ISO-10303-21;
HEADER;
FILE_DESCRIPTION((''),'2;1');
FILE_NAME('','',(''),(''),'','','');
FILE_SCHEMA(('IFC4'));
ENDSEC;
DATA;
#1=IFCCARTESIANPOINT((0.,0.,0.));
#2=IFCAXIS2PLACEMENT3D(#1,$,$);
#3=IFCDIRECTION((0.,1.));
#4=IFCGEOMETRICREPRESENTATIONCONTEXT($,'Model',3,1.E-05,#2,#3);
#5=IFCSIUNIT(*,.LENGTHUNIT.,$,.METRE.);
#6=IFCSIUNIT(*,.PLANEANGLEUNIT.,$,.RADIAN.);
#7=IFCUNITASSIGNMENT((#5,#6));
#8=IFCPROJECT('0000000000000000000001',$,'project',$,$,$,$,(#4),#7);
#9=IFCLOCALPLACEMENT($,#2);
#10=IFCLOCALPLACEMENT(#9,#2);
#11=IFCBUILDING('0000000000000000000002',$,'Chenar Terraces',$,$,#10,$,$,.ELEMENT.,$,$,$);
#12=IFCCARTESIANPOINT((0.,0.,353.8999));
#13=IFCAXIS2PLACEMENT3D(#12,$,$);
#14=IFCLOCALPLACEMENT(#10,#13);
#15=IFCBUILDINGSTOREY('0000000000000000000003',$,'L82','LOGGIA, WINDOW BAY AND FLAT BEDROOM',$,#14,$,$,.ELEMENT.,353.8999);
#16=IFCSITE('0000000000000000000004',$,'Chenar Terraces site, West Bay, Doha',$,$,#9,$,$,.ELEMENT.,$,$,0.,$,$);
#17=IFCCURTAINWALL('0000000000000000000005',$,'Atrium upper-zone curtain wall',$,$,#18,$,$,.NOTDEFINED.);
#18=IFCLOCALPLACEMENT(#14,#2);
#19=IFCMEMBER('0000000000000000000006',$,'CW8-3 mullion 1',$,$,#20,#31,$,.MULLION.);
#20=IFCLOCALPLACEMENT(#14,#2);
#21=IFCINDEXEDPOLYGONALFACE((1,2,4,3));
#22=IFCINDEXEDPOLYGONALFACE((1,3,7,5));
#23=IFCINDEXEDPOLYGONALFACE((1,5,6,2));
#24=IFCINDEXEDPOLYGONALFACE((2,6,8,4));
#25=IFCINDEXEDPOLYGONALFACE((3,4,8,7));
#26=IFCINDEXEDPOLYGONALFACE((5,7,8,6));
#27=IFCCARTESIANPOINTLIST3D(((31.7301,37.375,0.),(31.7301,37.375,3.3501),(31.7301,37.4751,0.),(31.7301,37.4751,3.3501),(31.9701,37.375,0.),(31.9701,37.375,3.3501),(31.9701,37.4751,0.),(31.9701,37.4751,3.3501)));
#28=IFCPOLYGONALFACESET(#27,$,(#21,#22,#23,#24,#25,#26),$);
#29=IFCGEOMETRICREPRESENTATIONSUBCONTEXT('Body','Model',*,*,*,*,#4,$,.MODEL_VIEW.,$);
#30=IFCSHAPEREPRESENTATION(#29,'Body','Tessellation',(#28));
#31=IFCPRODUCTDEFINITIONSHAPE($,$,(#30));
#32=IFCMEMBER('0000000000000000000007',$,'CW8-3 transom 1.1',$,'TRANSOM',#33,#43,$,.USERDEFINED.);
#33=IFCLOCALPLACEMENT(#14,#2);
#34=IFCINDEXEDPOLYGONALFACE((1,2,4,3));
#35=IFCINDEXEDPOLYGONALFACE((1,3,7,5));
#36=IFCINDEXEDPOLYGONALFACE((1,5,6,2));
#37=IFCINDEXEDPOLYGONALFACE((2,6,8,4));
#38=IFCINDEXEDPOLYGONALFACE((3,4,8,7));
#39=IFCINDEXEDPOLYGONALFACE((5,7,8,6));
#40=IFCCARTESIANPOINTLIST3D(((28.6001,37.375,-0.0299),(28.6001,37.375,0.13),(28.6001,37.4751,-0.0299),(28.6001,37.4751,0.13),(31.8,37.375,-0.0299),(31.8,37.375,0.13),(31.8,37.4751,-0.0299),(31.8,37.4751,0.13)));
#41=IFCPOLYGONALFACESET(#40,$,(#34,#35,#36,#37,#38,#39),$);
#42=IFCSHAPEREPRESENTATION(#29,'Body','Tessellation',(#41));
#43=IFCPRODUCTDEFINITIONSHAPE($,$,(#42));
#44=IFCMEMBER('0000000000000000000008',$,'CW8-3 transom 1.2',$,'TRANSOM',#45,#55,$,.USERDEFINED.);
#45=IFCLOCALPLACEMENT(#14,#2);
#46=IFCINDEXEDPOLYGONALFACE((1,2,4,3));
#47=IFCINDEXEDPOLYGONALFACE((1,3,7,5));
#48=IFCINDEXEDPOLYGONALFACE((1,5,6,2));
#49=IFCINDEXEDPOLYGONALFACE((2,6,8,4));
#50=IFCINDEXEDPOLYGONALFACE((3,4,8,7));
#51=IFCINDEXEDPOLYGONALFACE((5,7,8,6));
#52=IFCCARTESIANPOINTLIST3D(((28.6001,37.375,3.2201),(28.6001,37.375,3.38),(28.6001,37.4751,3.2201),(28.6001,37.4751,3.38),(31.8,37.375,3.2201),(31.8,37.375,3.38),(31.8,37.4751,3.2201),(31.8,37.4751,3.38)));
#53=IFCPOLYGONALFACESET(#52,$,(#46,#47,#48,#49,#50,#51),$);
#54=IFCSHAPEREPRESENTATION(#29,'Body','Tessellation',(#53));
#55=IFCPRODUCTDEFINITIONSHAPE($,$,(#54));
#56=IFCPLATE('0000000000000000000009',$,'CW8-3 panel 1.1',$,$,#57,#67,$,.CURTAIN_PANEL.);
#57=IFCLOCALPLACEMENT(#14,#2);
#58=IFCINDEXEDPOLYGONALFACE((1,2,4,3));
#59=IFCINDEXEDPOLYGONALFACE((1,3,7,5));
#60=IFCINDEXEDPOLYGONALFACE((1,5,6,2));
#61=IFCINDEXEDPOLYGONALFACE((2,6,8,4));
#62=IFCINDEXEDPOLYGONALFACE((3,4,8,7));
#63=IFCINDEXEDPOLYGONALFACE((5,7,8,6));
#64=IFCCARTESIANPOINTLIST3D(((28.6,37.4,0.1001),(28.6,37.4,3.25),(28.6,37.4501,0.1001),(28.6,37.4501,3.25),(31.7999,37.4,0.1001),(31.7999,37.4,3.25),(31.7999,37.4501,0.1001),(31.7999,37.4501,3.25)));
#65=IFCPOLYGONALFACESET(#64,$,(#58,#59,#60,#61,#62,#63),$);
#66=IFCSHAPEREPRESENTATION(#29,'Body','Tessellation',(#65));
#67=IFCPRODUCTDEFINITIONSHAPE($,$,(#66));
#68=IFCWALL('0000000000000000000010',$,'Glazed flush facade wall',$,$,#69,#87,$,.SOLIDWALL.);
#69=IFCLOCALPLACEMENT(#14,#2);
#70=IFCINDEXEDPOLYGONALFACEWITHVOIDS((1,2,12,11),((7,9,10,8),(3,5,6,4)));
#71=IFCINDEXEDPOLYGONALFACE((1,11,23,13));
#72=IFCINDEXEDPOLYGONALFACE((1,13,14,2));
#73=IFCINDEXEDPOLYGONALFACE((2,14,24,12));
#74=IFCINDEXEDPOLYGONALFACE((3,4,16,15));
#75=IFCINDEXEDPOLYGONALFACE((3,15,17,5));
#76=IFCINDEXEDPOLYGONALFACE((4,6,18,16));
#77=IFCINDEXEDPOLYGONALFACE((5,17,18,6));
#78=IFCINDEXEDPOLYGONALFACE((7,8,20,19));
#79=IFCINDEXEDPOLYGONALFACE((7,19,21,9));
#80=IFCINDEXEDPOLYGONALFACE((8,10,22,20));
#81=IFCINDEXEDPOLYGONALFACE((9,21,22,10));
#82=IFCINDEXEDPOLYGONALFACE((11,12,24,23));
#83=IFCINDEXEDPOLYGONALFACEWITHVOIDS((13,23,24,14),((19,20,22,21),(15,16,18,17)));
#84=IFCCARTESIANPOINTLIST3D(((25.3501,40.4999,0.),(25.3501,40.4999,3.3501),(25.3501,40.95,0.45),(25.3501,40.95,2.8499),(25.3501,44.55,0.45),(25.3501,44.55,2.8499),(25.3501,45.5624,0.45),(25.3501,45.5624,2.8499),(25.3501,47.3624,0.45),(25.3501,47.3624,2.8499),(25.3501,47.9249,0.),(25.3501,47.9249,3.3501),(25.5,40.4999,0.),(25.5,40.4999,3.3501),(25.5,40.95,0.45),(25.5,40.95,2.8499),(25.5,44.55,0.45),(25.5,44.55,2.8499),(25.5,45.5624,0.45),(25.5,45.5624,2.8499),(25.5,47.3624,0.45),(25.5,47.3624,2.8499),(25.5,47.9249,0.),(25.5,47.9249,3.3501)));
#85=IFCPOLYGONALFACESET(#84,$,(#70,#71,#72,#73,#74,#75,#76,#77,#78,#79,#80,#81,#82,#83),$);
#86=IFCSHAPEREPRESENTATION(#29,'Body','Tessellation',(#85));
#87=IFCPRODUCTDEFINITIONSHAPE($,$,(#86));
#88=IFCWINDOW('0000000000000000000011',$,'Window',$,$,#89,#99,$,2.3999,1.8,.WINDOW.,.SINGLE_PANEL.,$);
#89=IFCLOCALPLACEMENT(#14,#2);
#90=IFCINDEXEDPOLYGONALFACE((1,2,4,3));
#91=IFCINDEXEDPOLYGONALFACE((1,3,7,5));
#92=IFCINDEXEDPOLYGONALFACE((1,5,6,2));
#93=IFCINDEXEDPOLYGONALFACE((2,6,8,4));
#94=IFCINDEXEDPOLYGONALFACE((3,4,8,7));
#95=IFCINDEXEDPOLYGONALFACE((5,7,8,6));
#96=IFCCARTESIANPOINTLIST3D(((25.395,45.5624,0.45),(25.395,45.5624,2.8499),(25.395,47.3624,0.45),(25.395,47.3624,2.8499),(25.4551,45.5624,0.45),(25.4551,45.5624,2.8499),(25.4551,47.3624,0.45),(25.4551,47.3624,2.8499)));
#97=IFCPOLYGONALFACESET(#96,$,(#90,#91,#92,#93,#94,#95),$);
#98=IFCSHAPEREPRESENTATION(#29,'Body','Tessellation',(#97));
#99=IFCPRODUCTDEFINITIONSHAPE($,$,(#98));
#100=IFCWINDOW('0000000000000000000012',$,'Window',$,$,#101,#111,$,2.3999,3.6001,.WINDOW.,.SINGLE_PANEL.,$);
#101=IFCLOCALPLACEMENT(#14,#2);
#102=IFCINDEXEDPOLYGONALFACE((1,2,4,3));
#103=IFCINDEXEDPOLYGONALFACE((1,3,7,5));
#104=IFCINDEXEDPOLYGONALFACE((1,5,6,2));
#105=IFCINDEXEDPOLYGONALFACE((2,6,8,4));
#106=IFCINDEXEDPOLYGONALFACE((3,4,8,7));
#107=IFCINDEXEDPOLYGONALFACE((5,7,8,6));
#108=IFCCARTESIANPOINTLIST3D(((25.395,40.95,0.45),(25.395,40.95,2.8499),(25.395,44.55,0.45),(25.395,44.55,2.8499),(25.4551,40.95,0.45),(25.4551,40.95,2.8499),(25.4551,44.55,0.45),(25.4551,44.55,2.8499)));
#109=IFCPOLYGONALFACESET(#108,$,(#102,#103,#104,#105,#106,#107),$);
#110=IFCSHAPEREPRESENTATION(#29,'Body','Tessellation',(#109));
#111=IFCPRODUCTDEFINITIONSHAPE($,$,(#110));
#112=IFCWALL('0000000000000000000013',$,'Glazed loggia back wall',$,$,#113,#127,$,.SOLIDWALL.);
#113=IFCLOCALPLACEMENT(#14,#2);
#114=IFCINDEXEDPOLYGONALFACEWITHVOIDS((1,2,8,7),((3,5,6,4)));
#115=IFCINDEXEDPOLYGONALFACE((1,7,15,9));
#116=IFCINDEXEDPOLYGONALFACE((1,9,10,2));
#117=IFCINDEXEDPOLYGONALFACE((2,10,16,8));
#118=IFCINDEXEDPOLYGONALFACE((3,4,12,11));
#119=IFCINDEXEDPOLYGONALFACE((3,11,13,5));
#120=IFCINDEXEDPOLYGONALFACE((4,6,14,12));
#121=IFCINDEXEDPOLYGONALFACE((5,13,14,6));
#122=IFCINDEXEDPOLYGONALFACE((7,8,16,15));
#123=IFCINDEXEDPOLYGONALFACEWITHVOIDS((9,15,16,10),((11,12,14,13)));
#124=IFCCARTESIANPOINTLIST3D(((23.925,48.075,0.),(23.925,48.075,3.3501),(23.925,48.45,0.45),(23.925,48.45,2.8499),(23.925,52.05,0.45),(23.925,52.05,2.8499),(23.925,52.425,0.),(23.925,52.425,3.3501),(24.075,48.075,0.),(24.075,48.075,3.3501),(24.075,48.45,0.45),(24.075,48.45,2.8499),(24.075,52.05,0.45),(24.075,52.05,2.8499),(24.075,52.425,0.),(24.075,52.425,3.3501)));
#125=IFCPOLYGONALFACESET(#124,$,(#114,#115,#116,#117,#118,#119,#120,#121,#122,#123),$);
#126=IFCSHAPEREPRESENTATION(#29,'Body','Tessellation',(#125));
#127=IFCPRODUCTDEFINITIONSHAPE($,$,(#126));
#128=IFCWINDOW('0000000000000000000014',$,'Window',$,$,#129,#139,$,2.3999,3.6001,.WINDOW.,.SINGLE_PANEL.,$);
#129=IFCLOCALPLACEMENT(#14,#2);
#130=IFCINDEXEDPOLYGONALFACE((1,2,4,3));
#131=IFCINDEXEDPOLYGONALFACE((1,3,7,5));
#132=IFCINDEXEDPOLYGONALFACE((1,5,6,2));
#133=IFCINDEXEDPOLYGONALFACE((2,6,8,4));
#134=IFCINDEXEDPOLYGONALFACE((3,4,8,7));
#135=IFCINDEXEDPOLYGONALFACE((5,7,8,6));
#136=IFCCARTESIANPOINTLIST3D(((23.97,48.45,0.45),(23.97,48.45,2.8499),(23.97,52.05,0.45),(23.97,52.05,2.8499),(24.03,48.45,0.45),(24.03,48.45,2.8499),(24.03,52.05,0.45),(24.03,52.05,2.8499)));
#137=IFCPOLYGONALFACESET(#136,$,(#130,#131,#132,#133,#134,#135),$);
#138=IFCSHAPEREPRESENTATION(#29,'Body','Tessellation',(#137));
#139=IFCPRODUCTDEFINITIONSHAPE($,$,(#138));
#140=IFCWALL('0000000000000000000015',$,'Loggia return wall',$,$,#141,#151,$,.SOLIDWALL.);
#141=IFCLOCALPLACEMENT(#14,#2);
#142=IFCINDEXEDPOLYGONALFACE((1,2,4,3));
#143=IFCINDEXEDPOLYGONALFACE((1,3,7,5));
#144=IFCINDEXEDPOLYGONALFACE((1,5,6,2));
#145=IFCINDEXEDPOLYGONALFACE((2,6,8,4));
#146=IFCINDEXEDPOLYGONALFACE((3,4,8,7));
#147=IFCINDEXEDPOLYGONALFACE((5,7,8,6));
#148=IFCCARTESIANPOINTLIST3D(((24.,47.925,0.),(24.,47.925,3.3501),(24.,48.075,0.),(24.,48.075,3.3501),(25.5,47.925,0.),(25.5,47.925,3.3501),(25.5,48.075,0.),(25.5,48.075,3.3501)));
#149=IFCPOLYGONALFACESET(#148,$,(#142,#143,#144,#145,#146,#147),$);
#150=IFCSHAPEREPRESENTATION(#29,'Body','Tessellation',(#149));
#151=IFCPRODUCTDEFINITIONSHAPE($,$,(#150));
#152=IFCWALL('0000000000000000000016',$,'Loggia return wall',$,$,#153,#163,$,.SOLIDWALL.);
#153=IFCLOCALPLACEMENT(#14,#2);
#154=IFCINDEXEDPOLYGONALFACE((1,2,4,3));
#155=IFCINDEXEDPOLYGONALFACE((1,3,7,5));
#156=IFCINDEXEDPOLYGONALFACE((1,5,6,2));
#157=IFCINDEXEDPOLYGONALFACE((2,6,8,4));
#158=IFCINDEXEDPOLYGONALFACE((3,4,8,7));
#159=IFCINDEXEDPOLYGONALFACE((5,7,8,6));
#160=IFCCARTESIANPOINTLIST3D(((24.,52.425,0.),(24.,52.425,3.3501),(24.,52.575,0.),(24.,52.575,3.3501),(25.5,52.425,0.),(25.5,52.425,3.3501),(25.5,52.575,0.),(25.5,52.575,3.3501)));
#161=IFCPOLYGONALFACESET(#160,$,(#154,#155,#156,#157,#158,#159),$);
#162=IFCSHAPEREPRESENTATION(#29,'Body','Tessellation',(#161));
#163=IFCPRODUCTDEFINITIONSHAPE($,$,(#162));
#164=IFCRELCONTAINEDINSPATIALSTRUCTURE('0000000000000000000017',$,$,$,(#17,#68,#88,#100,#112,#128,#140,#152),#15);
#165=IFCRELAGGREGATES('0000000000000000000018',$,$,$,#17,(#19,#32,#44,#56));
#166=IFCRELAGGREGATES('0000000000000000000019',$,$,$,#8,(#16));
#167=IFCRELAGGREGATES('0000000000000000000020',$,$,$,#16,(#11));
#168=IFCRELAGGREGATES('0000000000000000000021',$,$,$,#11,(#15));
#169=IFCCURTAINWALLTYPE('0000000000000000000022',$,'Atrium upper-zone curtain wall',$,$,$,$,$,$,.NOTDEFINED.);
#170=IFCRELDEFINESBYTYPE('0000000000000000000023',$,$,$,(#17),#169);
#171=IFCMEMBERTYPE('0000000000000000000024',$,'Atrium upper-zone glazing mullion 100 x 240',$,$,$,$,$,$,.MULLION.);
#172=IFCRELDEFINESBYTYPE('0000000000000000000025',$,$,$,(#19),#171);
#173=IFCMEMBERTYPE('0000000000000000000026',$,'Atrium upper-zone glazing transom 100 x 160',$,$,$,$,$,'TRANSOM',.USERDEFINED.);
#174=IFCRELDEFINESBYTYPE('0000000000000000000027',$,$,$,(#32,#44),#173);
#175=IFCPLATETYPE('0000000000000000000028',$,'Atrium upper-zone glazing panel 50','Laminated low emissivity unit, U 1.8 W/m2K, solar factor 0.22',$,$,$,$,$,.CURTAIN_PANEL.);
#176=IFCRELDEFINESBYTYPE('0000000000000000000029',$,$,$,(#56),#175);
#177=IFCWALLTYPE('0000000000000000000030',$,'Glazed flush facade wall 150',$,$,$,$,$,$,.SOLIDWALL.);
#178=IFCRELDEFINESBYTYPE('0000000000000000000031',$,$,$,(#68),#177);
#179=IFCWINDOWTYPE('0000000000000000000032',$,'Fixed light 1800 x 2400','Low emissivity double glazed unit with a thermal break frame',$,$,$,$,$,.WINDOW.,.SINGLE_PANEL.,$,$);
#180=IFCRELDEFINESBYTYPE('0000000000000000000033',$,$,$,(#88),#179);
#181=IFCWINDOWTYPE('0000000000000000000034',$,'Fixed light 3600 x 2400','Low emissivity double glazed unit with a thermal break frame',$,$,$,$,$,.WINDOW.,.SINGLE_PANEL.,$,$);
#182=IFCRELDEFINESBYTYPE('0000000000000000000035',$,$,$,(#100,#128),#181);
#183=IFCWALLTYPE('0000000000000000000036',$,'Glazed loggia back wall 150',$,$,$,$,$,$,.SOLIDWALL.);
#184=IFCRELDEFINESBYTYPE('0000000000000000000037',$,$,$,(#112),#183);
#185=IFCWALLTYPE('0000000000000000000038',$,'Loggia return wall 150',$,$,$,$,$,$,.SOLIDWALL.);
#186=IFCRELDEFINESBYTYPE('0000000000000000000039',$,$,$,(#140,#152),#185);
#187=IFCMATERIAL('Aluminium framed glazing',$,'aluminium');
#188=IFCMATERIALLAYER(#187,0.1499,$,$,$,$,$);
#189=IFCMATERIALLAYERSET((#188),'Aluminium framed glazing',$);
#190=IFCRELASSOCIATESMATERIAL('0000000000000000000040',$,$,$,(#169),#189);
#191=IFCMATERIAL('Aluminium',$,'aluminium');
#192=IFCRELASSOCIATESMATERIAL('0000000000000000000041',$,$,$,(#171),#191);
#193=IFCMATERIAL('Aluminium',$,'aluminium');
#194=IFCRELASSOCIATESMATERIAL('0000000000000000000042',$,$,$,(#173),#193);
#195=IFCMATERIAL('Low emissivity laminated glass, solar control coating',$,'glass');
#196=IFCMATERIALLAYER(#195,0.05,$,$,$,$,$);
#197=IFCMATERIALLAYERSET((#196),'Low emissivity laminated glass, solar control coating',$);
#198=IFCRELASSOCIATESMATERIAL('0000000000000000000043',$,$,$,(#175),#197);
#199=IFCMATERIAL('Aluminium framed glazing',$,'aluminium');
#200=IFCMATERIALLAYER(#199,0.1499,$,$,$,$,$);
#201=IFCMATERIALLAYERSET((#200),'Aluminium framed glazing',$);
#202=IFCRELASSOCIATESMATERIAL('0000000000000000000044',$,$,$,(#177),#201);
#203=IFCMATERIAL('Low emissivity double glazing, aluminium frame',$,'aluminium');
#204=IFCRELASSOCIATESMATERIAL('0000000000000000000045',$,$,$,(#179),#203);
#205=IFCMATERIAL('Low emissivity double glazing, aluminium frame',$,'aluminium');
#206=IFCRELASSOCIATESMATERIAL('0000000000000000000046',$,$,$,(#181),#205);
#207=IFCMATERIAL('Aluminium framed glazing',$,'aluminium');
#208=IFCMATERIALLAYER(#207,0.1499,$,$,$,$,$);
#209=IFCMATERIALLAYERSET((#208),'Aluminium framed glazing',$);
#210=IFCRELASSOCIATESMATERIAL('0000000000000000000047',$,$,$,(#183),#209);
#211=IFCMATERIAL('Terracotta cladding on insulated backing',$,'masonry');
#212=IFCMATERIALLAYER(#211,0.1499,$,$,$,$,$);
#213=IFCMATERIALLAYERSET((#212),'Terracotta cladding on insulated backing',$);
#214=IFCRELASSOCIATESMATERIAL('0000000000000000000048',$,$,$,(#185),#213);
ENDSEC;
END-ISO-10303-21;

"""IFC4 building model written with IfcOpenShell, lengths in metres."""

from ifc_helpers import new_model, si_unit, direction, frame, frame_2d, origin, origin_2d, place, context, subcontext, project, spatial, rectangle, extrude, material, layer, layer_set, material_profile, profile_set, type_object, element, fill, aggregate, save


model = new_model("IFC4")

# Units and contexts
model_context = context("Model", 3, precision=1e-05, world=origin(), true_north=direction((0.0, 1.0)))
body_context = subcontext(model_context, "Body", "Model", "MODEL_VIEW")
ifc_project = project(units=[si_unit("LENGTHUNIT", "METRE"), si_unit("PLANEANGLEUNIT", "RADIAN")], contexts=[model_context])

# Site, building, storey
site_placement = place(None, origin())
site = spatial("IfcSite", under=ifc_project, at=site_placement, Name="Chenar Terraces site, West Bay, Doha", CompositionType="ELEMENT", RefElevation=0.0)
building_placement = place(site_placement, origin())
building = spatial("IfcBuilding", under=site, at=building_placement, Name="Chenar Terraces", CompositionType="ELEMENT")
storey_placement = place(building_placement, frame((0.0, 0.0, 353.8999)))
storey = spatial("IfcBuildingStorey", under=building, at=storey_placement, Name="L82", Description="LOGGIA, WINDOW BAY AND FLAT BEDROOM", CompositionType="ELEMENT", Elevation=353.8999)

# Curtain wall, members, plate
ifc_material_1 = material(Name="Aluminium framed glazing", Category="aluminium")
ifc_layer_1 = layer(ifc_material_1, 0.1499)
ifc_layer_set_1 = layer_set([ifc_layer_1], Name="Aluminium framed glazing")
curtain_wall_type = type_object("IfcCurtainWallType", Name="Atrium upper-zone curtain wall", PredefinedType="NOTDEFINED", material=ifc_layer_set_1)
curtain_wall_placement = place(storey_placement, origin())
curtain_wall = element("IfcCurtainWall", 1, at=curtain_wall_placement, inside=storey, type_object=curtain_wall_type, Name="Atrium upper-zone curtain wall", PredefinedType="NOTDEFINED")
ifc_material_2 = material(Name="Aluminium", Category="aluminium")
ifc_material_profile_1 = material_profile(ifc_material_2, rectangle(XDim=0.1001, YDim=0.24, at=origin_2d()), Name="Atrium upper-zone glazing mullion 100 x 240")
ifc_profile_set_1 = profile_set([ifc_material_profile_1], Name="Aluminium")
member_type_1 = type_object("IfcMemberType", Name="Atrium upper-zone glazing mullion 100 x 240", PredefinedType="MULLION", material=ifc_profile_set_1)
member_1_placement = place(storey_placement, frame((31.8501, 37.425, 0.0), z_axis=(0.0, 0.0, 1.0), x_axis=(0.0, -1.0, 0.0)))
member_1 = element("IfcMember", 2, at=member_1_placement, type_object=member_type_1, Name="CW8-3 mullion 1", PredefinedType="MULLION", context=body_context, shape_type="SweptSolid", body=[
    extrude(rectangle(XDim=0.1001, YDim=0.24, at=origin_2d()), origin(), (0.0, 0.0, 1.0), 3.3501),
])
ifc_material_3 = material(Name="Aluminium", Category="aluminium")
ifc_material_profile_2 = material_profile(ifc_material_3, rectangle(XDim=0.1001, YDim=0.1599, at=origin_2d()), Name="Atrium upper-zone glazing transom 100 x 160")
ifc_profile_set_2 = profile_set([ifc_material_profile_2], Name="Aluminium")
member_type_2 = type_object("IfcMemberType", Name="Atrium upper-zone glazing transom 100 x 160", ElementType="TRANSOM", PredefinedType="USERDEFINED", material=ifc_profile_set_2)
member_2_placement = place(storey_placement, frame((31.8, 37.425, 0.05), z_axis=(-1.0, 0.0, 0.0), x_axis=(0.0, -1.0, 0.0)))
member_2 = element("IfcMember", 3, at=member_2_placement, type_object=member_type_2, Name="CW8-3 transom 1.1", ObjectType="TRANSOM", PredefinedType="USERDEFINED", context=body_context, shape_type="SweptSolid", body=[
    extrude(rectangle(XDim=0.1001, YDim=0.1599, at=origin_2d()), origin(), (0.0, 0.0, 1.0), 3.2),
])
member_3_placement = place(storey_placement, frame((31.8, 37.425, 3.3), z_axis=(-1.0, 0.0, 0.0), x_axis=(0.0, -1.0, 0.0)))
member_3 = element("IfcMember", 4, at=member_3_placement, type_object=member_type_2, Name="CW8-3 transom 1.2", ObjectType="TRANSOM", PredefinedType="USERDEFINED", context=body_context, shape_type="SweptSolid", body=[
    extrude(rectangle(XDim=0.1001, YDim=0.1599, at=origin_2d()), origin(), (0.0, 0.0, 1.0), 3.2),
])
ifc_material_4 = material(Name="Low emissivity laminated glass, solar control coating", Category="glass")
ifc_layer_2 = layer(ifc_material_4, 0.05)
ifc_layer_set_2 = layer_set([ifc_layer_2], Name="Low emissivity laminated glass, solar control coating")
plate_type = type_object("IfcPlateType", Name="Atrium upper-zone glazing panel 50", Description="Laminated low emissivity unit, U 1.8 W/m2K, solar factor 0.22", PredefinedType="CURTAIN_PANEL", material=ifc_layer_set_2)
plate_placement = place(storey_placement, frame((30.2, 37.425, 0.1001), z_axis=(0.0, 0.0, 1.0), x_axis=(-1.0, 0.0, 0.0)))
plate = element("IfcPlate", 5, at=plate_placement, type_object=plate_type, Name="CW8-3 panel 1.1", PredefinedType="CURTAIN_PANEL", context=body_context, shape_type="SweptSolid", body=[
    extrude(rectangle(XDim=3.2, YDim=0.05, at=origin_2d()), origin(), (0.0, 0.0, 1.0), 3.1499),
])
aggregate(curtain_wall, [member_1, member_2, member_3, plate])

# Wall, openings, windows
ifc_material_5 = material(Name="Aluminium framed glazing", Category="aluminium")
ifc_layer_3 = layer(ifc_material_5, 0.1499)
ifc_layer_set_3 = layer_set([ifc_layer_3], Name="Aluminium framed glazing")
wall_type_1 = type_object("IfcWallType", Name="Glazed flush facade wall 150", PredefinedType="SOLIDWALL", material=ifc_layer_set_3)
wall_1_placement = place(storey_placement, frame((25.425, 40.5, 0.0), z_axis=(0.0, 0.0, 1.0), x_axis=(0.0, 1.0, 0.0)))
wall_1 = element("IfcWall", 6, at=wall_1_placement, inside=storey, type_object=wall_type_1, Name="Glazed flush facade wall", PredefinedType="SOLIDWALL", context=body_context, shape_type="SweptSolid", body=[
    extrude(rectangle(XDim=7.425, YDim=0.1499, at=frame_2d((3.7124, 0.0))), origin(), (0.0, 0.0, 1.0), 3.3501),
])
opening_1_placement = place(wall_1_placement, frame((0.45, 0.0, 0.45)))
opening_1 = element("IfcOpeningElement", 7, at=opening_1_placement, cuts=wall_1, PredefinedType="OPENING", context=body_context, shape_type="SweptSolid", body=[
    extrude(rectangle(XDim=3.6001, YDim=2.3999, at=frame_2d((1.8, 1.2))), frame((0.0, 0.085, 0.0), z_axis=(0.0, -1.0, 0.0), x_axis=(1.0, 0.0, 0.0)), (0.0, 0.0, 1.0), 0.1699),
])
opening_2_placement = place(wall_1_placement, frame((5.0625, 0.0, 0.45)))
opening_2 = element("IfcOpeningElement", 8, at=opening_2_placement, cuts=wall_1, PredefinedType="OPENING", context=body_context, shape_type="SweptSolid", body=[
    extrude(rectangle(XDim=1.8, YDim=2.3999, at=frame_2d((0.8999, 1.2))), frame((0.0, 0.085, 0.0), z_axis=(0.0, -1.0, 0.0), x_axis=(1.0, 0.0, 0.0)), (0.0, 0.0, 1.0), 0.1699),
])
ifc_material_6 = material(Name="Low emissivity double glazing, aluminium frame", Category="aluminium")
window_type_1 = type_object("IfcWindowType", Name="Fixed light 1800 x 2400", Description="Low emissivity double glazed unit with a thermal break frame", PartitioningType="SINGLE_PANEL", PredefinedType="WINDOW", material=ifc_material_6)
window_1_placement = place(opening_2_placement, origin())
window_1 = element("IfcWindow", 9, at=window_1_placement, inside=storey, type_object=window_type_1, Name="Window", OverallHeight=2.3999, OverallWidth=1.8, PartitioningType="SINGLE_PANEL", PredefinedType="WINDOW", context=body_context, shape_type="SweptSolid", body=[
    extrude(rectangle(XDim=1.8, YDim=2.3999, at=frame_2d((0.8999, 1.2))), frame((0.0, 0.03, 0.0), z_axis=(0.0, -1.0, 0.0), x_axis=(1.0, 0.0, 0.0)), (0.0, 0.0, 1.0), 0.0601),
])
fill(opening_2, window_1)
ifc_material_7 = material(Name="Low emissivity double glazing, aluminium frame", Category="aluminium")
window_type_2 = type_object("IfcWindowType", Name="Fixed light 3600 x 2400", Description="Low emissivity double glazed unit with a thermal break frame", PartitioningType="SINGLE_PANEL", PredefinedType="WINDOW", material=ifc_material_7)
window_2_placement = place(opening_1_placement, origin())
window_2 = element("IfcWindow", 10, at=window_2_placement, inside=storey, type_object=window_type_2, Name="Window", OverallHeight=2.3999, OverallWidth=3.6001, PartitioningType="SINGLE_PANEL", PredefinedType="WINDOW", context=body_context, shape_type="SweptSolid", body=[
    extrude(rectangle(XDim=3.6001, YDim=2.3999, at=frame_2d((1.8, 1.2))), frame((0.0, 0.03, 0.0), z_axis=(0.0, -1.0, 0.0), x_axis=(1.0, 0.0, 0.0)), (0.0, 0.0, 1.0), 0.0601),
])
fill(opening_1, window_2)

# Wall, opening, window
ifc_material_8 = material(Name="Aluminium framed glazing", Category="aluminium")
ifc_layer_4 = layer(ifc_material_8, 0.1499)
ifc_layer_set_4 = layer_set([ifc_layer_4], Name="Aluminium framed glazing")
wall_type_2 = type_object("IfcWallType", Name="Glazed loggia back wall 150", PredefinedType="SOLIDWALL", material=ifc_layer_set_4)
wall_2_placement = place(storey_placement, frame((24.0, 48.075, 0.0), z_axis=(0.0, 0.0, 1.0), x_axis=(0.0, 1.0, 0.0)))
wall_2 = element("IfcWall", 11, at=wall_2_placement, inside=storey, type_object=wall_type_2, Name="Glazed loggia back wall", PredefinedType="SOLIDWALL", context=body_context, shape_type="SweptSolid", body=[
    extrude(rectangle(XDim=4.3501, YDim=0.1499, at=frame_2d((2.175, 0.0))), origin(), (0.0, 0.0, 1.0), 3.3501),
])
opening_3_placement = place(wall_2_placement, frame((0.375, 0.0, 0.45)))
opening_3 = element("IfcOpeningElement", 12, at=opening_3_placement, cuts=wall_2, PredefinedType="OPENING", context=body_context, shape_type="SweptSolid", body=[
    extrude(rectangle(XDim=3.6001, YDim=2.3999, at=frame_2d((1.8, 1.2))), frame((0.0, 0.085, 0.0), z_axis=(0.0, -1.0, 0.0), x_axis=(1.0, 0.0, 0.0)), (0.0, 0.0, 1.0), 0.1699),
])
window_3_placement = place(opening_3_placement, origin())
window_3 = element("IfcWindow", 13, at=window_3_placement, inside=storey, type_object=window_type_2, Name="Window", OverallHeight=2.3999, OverallWidth=3.6001, PartitioningType="SINGLE_PANEL", PredefinedType="WINDOW", context=body_context, shape_type="SweptSolid", body=[
    extrude(rectangle(XDim=3.6001, YDim=2.3999, at=frame_2d((1.8, 1.2))), frame((0.0, 0.03, 0.0), z_axis=(0.0, -1.0, 0.0), x_axis=(1.0, 0.0, 0.0)), (0.0, 0.0, 1.0), 0.0601),
])
fill(opening_3, window_3)

# Walls
ifc_material_9 = material(Name="Terracotta cladding on insulated backing", Category="masonry")
ifc_layer_5 = layer(ifc_material_9, 0.1499)
ifc_layer_set_5 = layer_set([ifc_layer_5], Name="Terracotta cladding on insulated backing")
wall_type_3 = type_object("IfcWallType", Name="Loggia return wall 150", PredefinedType="SOLIDWALL", material=ifc_layer_set_5)
for number, where, z_axis, x_axis, name in (
    (14, (25.5, 48.0, 0.0), (0.0, 0.0, 1.0), (-1.0, 0.0, 0.0), "Loggia return wall"),
    (15, (25.5, 52.5, 0.0), (0.0, 0.0, 1.0), (-1.0, 0.0, 0.0), "Loggia return wall"),
):
    element("IfcWall", number, at=place(storey_placement, frame(where, z_axis=z_axis, x_axis=x_axis)), inside=storey, type_object=wall_type_3, Name=name, PredefinedType="SOLIDWALL", context=body_context, shape_type="SweptSolid", body=[
        extrude(rectangle(XDim=1.5, YDim=0.1499, at=frame_2d((0.75, 0.0))), origin(), (0.0, 0.0, 1.0), 3.3501),
    ])

save(model, "model.ifc")
